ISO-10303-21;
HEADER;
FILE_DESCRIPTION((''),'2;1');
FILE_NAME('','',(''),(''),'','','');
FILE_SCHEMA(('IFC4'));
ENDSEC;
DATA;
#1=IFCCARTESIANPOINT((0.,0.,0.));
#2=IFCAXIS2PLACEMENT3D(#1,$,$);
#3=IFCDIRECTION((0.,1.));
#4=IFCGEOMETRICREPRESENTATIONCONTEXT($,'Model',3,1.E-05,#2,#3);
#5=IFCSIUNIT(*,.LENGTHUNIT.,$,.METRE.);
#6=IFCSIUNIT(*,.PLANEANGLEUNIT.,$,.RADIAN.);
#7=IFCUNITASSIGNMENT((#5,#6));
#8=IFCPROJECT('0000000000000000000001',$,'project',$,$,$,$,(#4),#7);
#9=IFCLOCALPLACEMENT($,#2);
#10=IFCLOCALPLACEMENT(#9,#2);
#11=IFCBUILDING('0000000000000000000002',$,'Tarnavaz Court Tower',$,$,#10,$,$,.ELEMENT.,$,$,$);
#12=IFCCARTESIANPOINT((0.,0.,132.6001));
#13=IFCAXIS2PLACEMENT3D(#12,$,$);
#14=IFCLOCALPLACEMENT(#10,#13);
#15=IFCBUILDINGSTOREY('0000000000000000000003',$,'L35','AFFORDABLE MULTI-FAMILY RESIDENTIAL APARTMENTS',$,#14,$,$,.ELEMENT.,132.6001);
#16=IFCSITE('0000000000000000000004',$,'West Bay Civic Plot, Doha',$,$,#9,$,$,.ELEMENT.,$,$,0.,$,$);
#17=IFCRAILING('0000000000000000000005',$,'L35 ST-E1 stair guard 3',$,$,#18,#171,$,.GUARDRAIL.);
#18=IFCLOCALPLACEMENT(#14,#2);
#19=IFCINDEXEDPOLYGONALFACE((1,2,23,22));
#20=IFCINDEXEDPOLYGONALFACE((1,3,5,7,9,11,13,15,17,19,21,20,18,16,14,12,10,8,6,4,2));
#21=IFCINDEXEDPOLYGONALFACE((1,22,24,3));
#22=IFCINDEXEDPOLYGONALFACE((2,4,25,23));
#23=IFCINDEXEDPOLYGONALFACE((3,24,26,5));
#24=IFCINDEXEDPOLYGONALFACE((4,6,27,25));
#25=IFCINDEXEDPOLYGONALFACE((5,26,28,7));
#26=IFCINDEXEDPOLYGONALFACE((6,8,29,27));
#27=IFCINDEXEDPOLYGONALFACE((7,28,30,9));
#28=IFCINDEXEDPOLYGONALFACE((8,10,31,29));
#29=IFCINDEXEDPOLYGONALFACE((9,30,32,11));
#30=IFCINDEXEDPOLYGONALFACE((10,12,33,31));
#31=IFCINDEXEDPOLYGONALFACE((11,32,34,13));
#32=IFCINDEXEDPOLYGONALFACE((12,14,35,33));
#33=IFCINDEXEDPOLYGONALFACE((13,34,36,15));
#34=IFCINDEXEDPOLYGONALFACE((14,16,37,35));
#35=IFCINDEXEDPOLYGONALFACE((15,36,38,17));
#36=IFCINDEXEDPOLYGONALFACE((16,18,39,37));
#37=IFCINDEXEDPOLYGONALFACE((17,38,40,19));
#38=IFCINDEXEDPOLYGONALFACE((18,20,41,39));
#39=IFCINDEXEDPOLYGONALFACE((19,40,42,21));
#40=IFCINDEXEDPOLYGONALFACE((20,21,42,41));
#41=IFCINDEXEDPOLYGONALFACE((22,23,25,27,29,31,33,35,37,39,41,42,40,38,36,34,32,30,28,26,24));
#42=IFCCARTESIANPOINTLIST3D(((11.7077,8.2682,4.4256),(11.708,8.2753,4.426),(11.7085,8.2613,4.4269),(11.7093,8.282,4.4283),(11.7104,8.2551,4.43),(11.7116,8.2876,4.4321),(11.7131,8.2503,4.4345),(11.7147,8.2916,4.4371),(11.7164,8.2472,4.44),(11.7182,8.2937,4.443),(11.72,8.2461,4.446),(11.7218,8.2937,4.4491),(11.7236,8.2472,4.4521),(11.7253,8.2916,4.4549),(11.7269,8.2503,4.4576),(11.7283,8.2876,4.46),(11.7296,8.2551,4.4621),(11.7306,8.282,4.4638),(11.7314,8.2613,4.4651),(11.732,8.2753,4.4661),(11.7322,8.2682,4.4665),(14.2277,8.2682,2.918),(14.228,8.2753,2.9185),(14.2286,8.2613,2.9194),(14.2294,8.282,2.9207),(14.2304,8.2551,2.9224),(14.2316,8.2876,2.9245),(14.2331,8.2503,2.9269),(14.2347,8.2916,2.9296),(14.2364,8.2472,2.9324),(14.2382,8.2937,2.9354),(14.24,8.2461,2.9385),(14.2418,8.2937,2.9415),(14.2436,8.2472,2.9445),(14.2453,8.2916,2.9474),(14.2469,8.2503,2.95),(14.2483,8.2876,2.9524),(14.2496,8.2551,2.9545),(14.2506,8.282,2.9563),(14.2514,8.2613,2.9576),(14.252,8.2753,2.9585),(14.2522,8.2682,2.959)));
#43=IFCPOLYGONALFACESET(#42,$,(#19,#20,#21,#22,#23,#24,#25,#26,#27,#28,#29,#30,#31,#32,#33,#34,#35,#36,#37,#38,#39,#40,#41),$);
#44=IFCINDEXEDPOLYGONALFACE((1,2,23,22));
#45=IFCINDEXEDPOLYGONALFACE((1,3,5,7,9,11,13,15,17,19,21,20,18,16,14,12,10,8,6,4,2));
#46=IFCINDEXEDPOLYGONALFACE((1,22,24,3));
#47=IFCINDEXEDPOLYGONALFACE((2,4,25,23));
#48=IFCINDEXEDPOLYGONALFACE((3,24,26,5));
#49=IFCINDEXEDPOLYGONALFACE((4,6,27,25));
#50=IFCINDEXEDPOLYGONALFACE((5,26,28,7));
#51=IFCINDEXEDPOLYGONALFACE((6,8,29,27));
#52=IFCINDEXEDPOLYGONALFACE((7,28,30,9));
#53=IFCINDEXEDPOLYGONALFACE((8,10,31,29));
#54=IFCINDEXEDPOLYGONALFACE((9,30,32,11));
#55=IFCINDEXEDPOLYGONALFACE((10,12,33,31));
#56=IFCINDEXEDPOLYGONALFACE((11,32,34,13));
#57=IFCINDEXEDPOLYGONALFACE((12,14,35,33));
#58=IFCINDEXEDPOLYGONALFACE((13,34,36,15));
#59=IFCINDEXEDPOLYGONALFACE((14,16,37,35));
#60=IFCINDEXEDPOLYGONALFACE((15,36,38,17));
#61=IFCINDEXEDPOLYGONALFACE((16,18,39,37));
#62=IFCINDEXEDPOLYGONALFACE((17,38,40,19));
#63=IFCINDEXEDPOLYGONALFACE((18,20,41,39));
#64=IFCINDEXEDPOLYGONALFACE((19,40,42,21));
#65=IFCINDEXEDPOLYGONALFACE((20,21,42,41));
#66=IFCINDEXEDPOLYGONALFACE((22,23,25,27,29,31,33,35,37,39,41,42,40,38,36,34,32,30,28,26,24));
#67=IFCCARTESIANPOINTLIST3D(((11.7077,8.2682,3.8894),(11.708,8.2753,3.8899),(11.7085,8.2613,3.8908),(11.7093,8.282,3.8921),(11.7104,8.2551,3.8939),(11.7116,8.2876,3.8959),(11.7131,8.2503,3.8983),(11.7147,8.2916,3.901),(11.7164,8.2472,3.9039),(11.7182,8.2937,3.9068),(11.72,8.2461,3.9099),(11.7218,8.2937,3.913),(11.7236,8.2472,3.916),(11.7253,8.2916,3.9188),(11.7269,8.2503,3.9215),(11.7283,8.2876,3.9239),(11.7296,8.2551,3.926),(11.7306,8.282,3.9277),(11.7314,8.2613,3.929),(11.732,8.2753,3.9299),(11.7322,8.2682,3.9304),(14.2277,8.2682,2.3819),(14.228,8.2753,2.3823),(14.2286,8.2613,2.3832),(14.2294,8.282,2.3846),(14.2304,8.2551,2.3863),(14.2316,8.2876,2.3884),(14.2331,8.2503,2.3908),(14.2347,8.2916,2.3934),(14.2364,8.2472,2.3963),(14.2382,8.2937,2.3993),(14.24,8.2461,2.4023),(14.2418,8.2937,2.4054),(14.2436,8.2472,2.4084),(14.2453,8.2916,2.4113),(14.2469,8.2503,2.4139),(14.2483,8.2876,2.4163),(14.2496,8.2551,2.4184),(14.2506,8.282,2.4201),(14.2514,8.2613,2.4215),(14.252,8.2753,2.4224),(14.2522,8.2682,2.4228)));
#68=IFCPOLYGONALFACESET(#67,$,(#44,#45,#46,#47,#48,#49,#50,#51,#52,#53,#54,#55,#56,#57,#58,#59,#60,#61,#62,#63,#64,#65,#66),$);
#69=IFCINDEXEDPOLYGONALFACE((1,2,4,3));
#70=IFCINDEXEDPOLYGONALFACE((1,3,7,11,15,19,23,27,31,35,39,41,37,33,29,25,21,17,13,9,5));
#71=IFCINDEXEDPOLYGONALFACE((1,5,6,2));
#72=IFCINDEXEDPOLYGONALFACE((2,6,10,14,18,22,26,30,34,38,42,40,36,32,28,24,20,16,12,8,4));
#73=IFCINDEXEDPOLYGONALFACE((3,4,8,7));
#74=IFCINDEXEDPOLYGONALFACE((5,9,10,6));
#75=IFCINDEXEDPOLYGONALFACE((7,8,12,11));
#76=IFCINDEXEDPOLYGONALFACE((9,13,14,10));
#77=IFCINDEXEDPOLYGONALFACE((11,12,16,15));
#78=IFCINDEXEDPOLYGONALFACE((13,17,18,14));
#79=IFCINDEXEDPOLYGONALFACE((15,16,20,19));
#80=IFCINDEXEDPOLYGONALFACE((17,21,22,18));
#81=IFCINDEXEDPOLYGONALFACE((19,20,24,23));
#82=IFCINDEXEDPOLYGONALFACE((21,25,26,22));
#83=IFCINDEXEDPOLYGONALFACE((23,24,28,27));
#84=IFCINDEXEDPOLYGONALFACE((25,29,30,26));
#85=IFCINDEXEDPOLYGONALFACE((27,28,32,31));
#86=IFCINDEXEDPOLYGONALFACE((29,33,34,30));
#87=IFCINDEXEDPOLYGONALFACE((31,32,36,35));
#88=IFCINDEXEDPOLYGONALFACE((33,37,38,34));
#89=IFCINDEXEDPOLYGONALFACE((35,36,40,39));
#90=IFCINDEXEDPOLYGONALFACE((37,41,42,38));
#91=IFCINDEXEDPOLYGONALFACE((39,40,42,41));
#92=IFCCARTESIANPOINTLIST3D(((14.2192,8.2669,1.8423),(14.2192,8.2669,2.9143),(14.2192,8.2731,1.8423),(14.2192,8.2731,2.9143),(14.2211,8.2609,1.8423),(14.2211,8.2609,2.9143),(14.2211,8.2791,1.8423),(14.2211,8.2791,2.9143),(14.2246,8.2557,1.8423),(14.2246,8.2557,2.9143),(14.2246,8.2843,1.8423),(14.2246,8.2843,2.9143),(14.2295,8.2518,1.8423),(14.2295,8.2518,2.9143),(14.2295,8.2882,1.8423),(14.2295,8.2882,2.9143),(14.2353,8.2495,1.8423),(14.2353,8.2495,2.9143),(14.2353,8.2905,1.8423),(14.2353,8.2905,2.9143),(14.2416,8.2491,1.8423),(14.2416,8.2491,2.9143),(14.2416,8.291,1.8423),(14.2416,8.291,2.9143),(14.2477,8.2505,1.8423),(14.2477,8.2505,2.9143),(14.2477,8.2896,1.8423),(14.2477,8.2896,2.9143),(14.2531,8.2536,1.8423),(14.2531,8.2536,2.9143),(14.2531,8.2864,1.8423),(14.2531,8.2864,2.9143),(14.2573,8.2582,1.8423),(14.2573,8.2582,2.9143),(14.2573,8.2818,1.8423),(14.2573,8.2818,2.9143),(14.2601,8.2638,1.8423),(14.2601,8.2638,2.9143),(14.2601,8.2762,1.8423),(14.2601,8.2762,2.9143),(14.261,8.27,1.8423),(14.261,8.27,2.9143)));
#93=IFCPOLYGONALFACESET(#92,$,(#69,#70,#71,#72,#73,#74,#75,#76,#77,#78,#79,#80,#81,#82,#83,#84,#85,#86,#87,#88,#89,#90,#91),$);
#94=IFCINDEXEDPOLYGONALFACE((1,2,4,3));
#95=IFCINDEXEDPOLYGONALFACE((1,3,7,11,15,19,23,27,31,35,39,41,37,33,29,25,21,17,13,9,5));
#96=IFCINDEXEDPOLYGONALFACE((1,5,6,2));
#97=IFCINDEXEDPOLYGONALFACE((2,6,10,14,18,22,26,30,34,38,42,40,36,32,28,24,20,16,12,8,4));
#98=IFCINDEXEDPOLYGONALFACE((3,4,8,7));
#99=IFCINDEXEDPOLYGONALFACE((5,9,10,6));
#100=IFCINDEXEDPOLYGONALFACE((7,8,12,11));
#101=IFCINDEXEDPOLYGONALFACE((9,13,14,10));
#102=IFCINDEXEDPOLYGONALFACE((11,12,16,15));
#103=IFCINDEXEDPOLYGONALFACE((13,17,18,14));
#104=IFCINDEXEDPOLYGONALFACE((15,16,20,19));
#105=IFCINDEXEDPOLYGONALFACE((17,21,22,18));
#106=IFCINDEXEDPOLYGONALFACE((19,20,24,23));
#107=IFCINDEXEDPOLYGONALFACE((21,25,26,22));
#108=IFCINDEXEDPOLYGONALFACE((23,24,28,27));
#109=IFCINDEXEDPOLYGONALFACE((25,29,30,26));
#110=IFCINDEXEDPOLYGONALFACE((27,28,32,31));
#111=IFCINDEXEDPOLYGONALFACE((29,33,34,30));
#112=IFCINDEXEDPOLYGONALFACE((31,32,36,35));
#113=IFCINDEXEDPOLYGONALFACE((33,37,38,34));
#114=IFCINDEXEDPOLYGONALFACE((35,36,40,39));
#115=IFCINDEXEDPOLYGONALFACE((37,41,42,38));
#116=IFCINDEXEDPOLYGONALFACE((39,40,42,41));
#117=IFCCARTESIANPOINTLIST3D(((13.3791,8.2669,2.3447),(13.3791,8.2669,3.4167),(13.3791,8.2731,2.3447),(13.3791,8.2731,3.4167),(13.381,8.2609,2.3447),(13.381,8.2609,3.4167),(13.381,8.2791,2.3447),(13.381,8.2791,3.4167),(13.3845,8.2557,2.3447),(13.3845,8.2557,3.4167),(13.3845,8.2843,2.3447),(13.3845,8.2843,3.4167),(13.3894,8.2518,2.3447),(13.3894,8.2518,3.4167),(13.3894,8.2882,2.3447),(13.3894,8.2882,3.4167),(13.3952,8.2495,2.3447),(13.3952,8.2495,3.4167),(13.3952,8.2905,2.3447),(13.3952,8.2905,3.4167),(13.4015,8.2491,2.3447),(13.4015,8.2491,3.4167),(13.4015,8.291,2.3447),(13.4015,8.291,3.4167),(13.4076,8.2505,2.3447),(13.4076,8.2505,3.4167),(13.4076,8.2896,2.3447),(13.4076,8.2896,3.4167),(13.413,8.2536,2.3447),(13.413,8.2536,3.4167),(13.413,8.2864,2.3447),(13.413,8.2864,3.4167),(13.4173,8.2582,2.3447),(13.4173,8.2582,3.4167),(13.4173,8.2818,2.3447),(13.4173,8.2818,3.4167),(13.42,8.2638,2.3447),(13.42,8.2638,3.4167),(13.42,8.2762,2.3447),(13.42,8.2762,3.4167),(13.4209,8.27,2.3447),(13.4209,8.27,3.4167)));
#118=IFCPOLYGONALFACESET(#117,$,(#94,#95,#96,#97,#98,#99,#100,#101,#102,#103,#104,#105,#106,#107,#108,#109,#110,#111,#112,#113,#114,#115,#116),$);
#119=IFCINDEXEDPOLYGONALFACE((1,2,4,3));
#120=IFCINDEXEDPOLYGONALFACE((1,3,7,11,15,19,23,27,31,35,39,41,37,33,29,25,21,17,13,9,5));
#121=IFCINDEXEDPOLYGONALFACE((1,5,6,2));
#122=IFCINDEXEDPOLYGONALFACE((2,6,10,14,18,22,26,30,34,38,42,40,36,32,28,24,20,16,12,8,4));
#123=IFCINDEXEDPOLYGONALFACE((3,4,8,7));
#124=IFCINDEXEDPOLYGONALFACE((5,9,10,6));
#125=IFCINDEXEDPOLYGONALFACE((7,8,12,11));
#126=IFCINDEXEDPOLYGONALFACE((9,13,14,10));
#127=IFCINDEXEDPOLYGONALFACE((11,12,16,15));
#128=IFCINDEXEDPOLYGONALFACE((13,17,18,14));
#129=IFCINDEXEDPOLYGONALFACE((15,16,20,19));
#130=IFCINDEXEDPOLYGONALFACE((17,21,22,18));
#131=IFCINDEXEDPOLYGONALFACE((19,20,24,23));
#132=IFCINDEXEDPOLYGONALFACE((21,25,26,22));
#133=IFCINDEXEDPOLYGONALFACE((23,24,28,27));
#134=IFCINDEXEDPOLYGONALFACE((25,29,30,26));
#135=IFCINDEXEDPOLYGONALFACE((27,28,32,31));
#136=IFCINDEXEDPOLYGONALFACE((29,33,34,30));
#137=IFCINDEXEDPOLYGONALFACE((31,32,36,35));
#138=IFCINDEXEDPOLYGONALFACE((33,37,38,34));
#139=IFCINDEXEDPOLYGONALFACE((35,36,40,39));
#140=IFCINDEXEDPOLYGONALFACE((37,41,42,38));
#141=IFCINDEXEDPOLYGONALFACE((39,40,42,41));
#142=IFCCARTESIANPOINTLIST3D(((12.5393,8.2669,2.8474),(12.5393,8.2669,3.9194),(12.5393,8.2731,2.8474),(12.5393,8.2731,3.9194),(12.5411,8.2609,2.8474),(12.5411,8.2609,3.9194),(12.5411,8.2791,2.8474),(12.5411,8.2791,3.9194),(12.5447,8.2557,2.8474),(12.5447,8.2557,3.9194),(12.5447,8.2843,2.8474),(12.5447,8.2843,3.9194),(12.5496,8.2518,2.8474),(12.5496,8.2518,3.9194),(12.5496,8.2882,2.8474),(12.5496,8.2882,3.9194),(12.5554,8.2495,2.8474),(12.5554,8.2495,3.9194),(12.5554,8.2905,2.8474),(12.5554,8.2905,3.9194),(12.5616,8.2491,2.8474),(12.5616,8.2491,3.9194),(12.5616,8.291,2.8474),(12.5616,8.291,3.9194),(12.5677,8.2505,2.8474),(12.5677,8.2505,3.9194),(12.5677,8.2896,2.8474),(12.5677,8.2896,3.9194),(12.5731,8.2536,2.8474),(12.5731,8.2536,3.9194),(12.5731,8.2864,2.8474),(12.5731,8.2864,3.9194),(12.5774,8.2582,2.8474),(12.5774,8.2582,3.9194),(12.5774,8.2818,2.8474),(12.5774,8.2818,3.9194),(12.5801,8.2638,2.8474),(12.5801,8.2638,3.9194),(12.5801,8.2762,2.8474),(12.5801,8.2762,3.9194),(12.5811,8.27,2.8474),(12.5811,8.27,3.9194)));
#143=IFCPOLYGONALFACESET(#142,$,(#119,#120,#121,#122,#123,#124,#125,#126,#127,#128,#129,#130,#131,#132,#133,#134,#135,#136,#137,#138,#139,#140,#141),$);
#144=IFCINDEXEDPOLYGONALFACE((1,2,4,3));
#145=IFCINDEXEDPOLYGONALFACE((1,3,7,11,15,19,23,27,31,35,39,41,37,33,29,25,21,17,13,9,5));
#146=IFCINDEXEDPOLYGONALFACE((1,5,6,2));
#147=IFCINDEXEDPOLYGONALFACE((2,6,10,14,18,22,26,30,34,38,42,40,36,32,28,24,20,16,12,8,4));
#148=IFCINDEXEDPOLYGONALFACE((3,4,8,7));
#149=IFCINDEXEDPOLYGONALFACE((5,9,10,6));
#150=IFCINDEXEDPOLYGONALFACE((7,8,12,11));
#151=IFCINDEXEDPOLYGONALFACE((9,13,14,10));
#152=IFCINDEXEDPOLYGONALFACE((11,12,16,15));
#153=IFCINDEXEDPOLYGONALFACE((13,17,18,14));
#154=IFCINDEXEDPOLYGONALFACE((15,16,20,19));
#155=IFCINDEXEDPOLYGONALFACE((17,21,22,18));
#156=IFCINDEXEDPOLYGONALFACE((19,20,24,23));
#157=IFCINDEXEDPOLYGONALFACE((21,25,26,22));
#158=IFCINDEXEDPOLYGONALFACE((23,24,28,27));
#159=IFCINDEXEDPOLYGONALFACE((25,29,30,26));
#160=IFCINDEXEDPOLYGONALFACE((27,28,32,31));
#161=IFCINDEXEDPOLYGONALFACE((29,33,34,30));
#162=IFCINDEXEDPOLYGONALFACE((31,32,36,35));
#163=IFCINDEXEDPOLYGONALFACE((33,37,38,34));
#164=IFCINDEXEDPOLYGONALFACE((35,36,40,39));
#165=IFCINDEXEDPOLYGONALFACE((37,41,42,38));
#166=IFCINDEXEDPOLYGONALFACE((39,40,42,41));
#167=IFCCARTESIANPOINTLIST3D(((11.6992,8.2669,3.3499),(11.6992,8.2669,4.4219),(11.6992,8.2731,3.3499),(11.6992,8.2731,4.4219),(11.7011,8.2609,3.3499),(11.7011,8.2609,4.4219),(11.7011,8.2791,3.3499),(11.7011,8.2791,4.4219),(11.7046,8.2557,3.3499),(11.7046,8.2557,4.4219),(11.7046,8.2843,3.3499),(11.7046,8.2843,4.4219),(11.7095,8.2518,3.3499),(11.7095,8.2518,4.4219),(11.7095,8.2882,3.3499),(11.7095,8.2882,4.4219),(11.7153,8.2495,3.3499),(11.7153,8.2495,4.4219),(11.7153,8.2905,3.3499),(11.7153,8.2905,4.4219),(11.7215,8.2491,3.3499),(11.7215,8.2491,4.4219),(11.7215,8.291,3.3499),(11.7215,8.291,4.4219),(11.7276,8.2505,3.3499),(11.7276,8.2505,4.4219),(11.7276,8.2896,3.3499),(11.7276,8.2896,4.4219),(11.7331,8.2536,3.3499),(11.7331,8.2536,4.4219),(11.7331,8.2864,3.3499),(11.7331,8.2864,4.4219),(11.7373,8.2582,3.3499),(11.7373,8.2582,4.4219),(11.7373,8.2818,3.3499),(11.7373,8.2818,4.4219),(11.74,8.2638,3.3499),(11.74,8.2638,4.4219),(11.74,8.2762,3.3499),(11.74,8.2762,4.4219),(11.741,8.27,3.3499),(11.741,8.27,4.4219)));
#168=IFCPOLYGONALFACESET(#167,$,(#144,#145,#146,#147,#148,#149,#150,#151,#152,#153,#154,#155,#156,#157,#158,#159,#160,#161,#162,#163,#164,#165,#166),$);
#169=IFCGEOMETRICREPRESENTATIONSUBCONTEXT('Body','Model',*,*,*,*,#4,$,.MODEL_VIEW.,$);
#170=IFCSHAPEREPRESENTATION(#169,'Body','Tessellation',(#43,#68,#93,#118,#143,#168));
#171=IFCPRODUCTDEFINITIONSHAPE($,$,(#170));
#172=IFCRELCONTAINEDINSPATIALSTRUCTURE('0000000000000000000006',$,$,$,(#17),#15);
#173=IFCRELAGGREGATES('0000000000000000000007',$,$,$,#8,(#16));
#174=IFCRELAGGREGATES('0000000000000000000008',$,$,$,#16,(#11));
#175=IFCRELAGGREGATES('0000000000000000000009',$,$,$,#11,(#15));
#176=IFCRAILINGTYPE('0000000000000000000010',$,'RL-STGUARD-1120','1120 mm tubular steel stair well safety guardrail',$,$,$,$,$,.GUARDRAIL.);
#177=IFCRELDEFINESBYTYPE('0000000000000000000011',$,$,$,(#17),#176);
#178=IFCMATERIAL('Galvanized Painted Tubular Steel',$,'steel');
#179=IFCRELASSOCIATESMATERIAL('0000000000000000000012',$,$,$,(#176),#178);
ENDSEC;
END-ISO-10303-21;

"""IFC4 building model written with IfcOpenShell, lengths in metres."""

from ifc_helpers import new_model, si_unit, direction, frame, origin, origin_2d, place, context, subcontext, project, spatial, circle, extrude, material, type_object, element, save


model = new_model("IFC4")

# Units and contexts
model_context = context("Model", 3, precision=1e-05, world=origin(), true_north=direction((0.0, 1.0)))
body_context = subcontext(model_context, "Body", "Model", "MODEL_VIEW")
ifc_project = project(units=[si_unit("LENGTHUNIT", "METRE"), si_unit("PLANEANGLEUNIT", "RADIAN")], contexts=[model_context])

# Site, building, storey
site_placement = place(None, origin())
site = spatial("IfcSite", under=ifc_project, at=site_placement, Name="West Bay Civic Plot, Doha", CompositionType="ELEMENT", RefElevation=0.0)
building_placement = place(site_placement, origin())
building = spatial("IfcBuilding", under=site, at=building_placement, Name="Tarnavaz Court Tower", CompositionType="ELEMENT")
storey_placement = place(building_placement, frame((0.0, 0.0, 132.6001)))
storey = spatial("IfcBuildingStorey", under=building, at=storey_placement, Name="L35", Description="AFFORDABLE MULTI-FAMILY RESIDENTIAL APARTMENTS", CompositionType="ELEMENT", Elevation=132.6001)

# Railing
ifc_material_1 = material(Name="Galvanized Painted Tubular Steel", Category="steel")
railing_type_1 = type_object("IfcRailingType", Name="RL-STGUARD-1120", Description="1120 mm tubular steel stair well safety guardrail", PredefinedType="GUARDRAIL", material=ifc_material_1)
railing_1_placement = place(storey_placement, frame((14.24, 8.27, 1.8423)))
element("IfcRailing", 1, at=railing_1_placement, inside=storey, type_object=railing_type_1, Name="L35 ST-E1 stair guard 3", PredefinedType="GUARDRAIL", context=body_context, shape_type="SweptSolid", body=[
    extrude(circle(Radius=0.0239, at=origin_2d()), frame((0.0, 0.0, 1.0962), z_axis=(-0.85816, 0.0, 0.513383), x_axis=(0.0, -1.0, 0.0)), (0.0, 0.0, 1.0), 2.9365),
    extrude(circle(Radius=0.0239, at=origin_2d()), frame((0.0, 0.0, 0.5601), z_axis=(-0.85816, 0.0, 0.513383), x_axis=(0.0, -1.0, 0.0)), (0.0, 0.0, 1.0), 2.9365),
    extrude(circle(Radius=0.021, at=origin_2d()), origin(), (0.0, 0.0, 1.0), 1.072),
    extrude(circle(Radius=0.021, at=origin_2d()), frame((-0.8401, 0.0, 0.5024)), (0.0, 0.0, 1.0), 1.072),
    extrude(circle(Radius=0.021, at=origin_2d()), frame((-1.6799, 0.0, 1.0051)), (0.0, 0.0, 1.0), 1.072),
    extrude(circle(Radius=0.021, at=origin_2d()), frame((-2.52, 0.0, 1.5076)), (0.0, 0.0, 1.0), 1.072),
])

save(model, "model.ifc")
